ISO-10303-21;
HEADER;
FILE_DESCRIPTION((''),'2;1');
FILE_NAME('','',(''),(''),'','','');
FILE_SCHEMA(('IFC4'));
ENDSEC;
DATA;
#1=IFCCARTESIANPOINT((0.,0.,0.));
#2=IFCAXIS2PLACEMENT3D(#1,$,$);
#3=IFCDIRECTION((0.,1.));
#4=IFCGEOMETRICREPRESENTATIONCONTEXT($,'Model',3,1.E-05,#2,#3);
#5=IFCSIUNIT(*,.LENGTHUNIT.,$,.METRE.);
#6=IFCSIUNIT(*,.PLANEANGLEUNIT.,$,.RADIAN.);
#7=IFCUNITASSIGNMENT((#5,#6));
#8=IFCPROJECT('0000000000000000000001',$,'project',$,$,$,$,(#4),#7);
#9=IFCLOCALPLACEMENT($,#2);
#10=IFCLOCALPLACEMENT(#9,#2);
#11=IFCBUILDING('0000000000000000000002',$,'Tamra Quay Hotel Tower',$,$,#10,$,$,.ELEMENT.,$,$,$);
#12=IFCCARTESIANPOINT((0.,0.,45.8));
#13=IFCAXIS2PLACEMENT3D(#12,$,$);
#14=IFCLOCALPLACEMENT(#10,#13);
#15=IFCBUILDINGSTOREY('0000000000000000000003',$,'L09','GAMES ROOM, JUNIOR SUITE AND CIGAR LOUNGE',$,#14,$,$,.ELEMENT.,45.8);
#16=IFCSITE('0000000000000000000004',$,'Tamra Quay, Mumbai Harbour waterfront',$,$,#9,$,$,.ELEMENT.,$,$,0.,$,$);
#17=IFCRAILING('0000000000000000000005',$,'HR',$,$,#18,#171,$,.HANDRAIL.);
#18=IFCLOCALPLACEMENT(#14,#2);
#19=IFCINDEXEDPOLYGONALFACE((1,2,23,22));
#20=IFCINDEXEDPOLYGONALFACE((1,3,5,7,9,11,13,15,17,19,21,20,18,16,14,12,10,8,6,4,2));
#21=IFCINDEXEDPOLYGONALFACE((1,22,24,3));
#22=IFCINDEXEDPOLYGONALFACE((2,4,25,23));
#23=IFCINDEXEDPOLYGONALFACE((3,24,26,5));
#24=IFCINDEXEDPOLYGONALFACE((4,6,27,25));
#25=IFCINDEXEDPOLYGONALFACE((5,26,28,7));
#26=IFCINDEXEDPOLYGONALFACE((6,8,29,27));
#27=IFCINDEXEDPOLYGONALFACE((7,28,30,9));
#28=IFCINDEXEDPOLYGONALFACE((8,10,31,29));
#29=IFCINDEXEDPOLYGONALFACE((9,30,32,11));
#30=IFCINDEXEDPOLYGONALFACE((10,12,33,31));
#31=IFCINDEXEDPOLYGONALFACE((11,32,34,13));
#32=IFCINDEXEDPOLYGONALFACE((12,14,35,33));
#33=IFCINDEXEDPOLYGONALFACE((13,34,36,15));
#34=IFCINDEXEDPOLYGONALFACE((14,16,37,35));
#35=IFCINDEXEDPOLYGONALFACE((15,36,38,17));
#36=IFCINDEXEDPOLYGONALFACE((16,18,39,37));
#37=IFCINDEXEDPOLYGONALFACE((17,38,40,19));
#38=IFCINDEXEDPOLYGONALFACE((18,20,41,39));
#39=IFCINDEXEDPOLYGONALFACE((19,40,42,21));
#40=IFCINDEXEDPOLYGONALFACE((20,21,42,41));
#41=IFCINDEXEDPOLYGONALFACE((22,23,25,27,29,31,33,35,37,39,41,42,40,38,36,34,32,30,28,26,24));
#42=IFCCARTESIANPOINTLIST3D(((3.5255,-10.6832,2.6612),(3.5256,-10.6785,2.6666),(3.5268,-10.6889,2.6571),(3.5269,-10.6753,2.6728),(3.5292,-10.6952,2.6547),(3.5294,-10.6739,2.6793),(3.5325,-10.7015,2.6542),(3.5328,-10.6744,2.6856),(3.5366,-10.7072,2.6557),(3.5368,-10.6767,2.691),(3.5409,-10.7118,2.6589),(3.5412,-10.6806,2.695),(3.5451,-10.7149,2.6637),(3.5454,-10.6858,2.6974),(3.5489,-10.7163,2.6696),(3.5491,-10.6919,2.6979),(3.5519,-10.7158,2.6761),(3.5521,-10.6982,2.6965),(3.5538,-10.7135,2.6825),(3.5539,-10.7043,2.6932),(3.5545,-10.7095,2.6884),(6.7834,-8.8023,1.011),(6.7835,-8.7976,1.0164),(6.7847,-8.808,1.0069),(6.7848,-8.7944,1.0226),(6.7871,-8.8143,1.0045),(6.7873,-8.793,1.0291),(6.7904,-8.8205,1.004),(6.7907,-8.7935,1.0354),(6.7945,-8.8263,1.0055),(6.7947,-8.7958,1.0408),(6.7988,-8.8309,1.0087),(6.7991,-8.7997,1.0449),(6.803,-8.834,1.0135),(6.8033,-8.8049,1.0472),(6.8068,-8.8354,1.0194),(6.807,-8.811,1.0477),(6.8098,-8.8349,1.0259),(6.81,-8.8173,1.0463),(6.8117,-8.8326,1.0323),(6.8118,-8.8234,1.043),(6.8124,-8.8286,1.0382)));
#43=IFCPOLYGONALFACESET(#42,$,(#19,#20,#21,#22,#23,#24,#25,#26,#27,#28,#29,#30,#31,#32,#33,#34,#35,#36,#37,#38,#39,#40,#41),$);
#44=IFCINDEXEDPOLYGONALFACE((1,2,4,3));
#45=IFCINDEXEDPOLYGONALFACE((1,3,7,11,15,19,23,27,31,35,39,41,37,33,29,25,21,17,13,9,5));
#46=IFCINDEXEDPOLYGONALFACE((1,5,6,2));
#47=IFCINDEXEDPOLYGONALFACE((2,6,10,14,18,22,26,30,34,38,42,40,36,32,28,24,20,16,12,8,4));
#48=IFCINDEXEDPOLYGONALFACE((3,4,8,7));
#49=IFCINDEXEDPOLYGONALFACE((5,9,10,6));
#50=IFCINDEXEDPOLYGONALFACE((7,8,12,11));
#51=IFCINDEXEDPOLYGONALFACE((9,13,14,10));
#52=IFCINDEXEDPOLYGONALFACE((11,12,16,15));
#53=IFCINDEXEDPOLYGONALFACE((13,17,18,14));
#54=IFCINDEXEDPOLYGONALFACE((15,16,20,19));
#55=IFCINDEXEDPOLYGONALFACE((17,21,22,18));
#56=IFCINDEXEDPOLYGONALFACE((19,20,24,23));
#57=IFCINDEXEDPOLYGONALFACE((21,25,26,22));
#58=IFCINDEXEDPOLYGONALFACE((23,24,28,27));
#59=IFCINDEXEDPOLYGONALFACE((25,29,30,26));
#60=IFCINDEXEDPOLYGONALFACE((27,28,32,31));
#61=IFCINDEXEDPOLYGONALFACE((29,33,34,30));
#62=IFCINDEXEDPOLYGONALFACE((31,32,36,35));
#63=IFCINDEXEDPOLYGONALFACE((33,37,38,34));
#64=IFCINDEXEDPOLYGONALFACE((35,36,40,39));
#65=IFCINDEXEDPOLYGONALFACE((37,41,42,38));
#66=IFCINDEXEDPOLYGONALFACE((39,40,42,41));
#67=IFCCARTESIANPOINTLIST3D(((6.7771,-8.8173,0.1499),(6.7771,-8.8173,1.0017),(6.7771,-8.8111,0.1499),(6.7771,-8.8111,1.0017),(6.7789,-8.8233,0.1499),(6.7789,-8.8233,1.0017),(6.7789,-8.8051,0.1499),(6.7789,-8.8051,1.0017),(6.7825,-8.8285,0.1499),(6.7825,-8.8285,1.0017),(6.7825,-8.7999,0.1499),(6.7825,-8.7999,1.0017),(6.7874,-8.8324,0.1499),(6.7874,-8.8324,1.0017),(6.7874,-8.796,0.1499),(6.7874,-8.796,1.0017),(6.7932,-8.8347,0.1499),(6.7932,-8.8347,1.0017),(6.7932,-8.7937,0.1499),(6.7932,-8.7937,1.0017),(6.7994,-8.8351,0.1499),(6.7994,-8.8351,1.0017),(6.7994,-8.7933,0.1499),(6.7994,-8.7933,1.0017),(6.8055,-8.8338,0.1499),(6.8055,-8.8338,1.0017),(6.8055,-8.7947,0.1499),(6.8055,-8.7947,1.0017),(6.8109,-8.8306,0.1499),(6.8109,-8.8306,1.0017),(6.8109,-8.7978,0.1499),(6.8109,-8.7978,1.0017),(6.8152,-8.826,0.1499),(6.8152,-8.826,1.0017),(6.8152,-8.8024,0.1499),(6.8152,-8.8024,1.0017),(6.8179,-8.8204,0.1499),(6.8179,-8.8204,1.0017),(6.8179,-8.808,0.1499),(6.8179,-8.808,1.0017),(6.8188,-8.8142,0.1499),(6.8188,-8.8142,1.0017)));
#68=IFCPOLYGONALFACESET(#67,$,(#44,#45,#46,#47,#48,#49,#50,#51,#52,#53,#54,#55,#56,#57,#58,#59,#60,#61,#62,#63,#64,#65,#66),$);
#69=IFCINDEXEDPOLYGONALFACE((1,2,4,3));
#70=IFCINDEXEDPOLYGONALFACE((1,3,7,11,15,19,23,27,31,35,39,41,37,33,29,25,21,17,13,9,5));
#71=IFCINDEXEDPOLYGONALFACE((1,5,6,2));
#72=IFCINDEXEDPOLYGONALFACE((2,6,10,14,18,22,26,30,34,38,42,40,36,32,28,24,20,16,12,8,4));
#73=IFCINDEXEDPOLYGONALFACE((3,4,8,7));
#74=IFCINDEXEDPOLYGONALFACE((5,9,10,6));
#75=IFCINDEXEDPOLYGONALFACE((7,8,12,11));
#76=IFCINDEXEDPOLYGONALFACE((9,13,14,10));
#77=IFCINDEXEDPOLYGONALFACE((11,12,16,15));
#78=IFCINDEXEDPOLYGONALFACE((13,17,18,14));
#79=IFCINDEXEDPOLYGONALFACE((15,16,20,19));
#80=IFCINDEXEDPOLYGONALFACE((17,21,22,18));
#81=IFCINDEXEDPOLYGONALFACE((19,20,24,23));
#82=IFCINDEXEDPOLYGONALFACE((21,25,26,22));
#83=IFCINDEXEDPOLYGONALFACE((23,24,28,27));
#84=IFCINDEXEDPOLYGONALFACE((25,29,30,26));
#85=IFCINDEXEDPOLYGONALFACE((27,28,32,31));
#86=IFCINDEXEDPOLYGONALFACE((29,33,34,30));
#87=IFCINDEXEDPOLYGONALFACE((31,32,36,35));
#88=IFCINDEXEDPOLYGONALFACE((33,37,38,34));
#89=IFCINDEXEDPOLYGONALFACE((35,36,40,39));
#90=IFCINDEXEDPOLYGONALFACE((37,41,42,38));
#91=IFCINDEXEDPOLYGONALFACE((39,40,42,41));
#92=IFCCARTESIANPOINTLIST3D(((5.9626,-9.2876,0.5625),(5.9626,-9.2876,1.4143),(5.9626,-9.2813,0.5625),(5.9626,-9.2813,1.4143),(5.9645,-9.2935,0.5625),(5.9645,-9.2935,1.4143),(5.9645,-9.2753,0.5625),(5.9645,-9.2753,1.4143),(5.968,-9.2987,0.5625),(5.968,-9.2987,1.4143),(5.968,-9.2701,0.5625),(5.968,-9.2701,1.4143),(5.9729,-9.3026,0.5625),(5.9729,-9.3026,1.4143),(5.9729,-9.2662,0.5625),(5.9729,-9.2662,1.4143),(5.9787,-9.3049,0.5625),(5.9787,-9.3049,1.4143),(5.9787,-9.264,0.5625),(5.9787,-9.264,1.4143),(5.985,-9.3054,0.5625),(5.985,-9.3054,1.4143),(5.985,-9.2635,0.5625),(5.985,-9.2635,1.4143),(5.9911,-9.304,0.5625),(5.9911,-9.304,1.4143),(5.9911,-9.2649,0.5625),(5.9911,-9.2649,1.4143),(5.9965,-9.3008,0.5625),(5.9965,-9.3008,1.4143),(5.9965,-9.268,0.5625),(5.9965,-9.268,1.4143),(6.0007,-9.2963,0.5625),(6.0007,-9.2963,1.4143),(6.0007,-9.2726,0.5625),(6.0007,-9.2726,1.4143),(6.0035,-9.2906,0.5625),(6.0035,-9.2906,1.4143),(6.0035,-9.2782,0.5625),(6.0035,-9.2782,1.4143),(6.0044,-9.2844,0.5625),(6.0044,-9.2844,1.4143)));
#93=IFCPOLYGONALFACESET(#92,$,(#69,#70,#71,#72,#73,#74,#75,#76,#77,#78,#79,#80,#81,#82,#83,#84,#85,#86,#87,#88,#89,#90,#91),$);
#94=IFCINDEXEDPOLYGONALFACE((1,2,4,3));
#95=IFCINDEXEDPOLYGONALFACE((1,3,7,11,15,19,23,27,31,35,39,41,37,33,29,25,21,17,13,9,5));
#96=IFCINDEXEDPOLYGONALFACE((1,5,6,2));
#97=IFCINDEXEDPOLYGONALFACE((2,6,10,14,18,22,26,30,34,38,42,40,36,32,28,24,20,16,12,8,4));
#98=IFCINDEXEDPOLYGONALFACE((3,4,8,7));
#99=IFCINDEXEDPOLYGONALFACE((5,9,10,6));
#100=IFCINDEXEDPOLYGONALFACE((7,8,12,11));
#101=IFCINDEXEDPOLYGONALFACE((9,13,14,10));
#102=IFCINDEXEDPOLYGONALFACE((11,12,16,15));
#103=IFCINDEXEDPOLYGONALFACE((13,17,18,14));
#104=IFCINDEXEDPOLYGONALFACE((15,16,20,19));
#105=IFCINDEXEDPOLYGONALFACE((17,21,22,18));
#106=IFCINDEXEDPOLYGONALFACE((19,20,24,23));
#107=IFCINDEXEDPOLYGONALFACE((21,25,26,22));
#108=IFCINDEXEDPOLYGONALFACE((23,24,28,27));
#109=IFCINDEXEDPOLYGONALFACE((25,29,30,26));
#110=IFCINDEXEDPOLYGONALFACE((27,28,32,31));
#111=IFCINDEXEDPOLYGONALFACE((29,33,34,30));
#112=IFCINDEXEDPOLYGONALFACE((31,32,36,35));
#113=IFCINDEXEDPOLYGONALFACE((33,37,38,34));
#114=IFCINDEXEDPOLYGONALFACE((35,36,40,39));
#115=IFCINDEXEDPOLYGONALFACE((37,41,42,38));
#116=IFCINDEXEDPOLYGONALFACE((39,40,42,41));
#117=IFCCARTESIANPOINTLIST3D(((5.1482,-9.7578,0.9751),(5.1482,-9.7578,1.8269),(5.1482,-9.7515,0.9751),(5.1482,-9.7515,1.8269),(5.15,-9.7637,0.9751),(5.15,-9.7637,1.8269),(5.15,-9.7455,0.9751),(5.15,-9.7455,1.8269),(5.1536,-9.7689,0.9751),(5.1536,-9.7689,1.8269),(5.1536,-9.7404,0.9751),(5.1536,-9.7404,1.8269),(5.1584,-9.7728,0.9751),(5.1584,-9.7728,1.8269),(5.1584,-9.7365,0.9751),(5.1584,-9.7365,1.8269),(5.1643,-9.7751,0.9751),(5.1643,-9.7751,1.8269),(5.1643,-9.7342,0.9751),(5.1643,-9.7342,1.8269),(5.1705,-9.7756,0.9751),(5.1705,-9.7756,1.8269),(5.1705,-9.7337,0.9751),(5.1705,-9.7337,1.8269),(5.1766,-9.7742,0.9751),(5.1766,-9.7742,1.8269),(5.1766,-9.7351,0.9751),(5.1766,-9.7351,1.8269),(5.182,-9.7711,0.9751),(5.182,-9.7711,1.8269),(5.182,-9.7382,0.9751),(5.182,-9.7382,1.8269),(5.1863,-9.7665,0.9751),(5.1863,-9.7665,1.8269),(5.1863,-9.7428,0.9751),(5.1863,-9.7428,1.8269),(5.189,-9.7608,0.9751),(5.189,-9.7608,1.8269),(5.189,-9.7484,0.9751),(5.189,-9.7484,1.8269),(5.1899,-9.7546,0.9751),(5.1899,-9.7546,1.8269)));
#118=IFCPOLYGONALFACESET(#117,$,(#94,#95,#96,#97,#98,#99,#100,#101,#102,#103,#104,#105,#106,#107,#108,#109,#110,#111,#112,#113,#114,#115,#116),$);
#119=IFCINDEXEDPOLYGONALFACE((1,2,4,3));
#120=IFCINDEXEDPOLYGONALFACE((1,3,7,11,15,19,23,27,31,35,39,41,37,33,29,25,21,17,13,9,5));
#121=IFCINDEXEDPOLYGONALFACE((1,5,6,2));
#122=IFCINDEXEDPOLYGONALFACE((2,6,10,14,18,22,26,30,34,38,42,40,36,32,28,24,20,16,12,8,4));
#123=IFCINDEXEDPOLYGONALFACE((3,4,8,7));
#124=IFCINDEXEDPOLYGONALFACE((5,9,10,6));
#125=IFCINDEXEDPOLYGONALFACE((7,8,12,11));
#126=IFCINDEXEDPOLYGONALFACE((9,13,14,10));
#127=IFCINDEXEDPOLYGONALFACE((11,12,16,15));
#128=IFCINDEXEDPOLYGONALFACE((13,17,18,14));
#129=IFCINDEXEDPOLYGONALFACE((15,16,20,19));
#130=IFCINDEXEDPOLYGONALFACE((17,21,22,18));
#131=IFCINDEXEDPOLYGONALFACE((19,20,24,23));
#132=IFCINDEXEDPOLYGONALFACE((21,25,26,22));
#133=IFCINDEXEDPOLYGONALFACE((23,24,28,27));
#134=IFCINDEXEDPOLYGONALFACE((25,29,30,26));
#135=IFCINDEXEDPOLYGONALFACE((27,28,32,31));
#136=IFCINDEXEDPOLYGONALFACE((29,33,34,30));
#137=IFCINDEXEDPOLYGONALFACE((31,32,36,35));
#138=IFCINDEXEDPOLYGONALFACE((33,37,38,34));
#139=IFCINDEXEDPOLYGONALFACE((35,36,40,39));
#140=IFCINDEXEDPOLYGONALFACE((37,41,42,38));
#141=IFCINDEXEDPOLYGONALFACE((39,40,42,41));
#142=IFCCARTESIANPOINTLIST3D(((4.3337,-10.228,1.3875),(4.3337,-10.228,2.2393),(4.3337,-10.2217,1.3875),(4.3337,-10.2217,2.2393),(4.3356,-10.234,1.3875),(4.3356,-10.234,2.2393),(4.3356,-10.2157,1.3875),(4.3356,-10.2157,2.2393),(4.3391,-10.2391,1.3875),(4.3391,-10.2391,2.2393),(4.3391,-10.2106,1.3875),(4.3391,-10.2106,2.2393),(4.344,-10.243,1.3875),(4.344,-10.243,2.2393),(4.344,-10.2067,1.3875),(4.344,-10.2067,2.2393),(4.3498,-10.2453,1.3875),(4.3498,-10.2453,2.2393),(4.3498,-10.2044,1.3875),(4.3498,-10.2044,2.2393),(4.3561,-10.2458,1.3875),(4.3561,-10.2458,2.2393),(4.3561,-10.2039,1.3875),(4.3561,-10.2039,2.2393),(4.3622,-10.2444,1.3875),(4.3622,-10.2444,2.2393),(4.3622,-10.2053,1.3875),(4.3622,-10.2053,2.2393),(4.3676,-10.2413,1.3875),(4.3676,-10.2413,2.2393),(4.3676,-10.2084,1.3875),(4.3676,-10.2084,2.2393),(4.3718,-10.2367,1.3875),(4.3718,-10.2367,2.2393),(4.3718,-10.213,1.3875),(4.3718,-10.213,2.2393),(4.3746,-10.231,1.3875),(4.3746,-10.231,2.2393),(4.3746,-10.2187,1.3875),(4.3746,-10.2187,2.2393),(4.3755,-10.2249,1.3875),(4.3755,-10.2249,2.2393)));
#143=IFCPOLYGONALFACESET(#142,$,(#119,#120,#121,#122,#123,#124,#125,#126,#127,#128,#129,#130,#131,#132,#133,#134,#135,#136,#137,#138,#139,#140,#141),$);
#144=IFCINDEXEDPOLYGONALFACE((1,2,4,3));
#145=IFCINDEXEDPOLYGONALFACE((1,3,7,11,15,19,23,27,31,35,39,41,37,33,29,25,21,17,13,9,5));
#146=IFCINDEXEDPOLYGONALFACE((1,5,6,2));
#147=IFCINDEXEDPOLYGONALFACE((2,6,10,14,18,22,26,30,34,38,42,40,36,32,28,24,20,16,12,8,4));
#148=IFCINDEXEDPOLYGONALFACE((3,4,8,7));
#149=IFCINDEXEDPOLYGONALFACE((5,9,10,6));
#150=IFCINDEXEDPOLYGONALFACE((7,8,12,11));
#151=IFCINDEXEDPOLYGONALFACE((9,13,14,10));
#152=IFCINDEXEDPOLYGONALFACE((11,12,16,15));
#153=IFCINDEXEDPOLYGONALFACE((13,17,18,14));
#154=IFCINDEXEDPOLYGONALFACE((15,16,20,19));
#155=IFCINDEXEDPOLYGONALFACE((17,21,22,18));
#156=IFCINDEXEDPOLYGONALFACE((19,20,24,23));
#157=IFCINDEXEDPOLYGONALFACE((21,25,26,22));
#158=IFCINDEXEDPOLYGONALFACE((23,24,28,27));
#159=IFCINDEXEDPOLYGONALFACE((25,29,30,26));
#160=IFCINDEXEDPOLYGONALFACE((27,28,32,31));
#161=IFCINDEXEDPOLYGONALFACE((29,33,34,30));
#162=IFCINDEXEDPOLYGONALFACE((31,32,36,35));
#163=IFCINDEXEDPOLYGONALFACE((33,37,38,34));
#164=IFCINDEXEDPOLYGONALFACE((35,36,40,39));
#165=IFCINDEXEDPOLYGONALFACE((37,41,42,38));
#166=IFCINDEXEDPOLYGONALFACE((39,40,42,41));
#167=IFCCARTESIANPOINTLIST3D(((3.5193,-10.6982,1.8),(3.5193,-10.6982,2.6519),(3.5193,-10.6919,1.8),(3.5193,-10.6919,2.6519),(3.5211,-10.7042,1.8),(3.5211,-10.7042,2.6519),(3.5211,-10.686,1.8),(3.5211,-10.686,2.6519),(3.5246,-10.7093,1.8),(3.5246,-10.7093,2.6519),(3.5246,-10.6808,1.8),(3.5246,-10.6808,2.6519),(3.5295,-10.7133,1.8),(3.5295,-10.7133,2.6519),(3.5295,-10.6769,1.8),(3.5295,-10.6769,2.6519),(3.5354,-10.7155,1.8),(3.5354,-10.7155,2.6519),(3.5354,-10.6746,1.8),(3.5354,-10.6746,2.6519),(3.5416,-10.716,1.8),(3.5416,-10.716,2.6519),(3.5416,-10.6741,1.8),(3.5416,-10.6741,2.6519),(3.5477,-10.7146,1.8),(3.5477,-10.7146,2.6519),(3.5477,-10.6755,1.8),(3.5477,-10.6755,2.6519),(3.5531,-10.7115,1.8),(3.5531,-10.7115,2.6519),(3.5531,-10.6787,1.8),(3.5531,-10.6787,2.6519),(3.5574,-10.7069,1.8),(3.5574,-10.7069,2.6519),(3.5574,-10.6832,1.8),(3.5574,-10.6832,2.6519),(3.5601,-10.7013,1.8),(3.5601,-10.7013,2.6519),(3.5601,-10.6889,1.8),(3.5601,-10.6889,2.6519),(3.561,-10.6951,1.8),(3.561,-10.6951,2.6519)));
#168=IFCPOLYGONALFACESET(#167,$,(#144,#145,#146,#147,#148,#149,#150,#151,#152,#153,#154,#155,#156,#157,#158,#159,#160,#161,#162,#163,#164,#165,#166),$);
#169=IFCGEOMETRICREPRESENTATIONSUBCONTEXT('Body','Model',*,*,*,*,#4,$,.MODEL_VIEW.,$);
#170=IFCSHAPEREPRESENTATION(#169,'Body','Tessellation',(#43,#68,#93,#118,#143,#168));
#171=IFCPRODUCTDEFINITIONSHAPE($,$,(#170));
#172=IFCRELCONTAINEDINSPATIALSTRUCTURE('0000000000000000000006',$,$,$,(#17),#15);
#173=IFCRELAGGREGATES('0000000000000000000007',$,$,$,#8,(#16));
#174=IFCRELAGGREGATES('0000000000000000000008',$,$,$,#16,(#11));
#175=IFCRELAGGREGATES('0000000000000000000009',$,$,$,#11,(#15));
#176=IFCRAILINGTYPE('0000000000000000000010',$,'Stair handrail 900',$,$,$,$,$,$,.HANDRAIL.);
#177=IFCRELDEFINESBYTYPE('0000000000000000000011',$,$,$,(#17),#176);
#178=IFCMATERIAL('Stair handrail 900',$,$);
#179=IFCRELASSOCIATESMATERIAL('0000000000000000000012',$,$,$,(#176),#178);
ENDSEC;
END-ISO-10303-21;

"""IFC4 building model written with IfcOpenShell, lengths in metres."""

from ifc_helpers import new_model, si_unit, direction, frame, origin, origin_2d, place, context, subcontext, project, spatial, circle, extrude, material, type_object, element, save


model = new_model("IFC4")

# Units and contexts
model_context = context("Model", 3, precision=1e-05, world=origin(), true_north=direction((0.0, 1.0)))
body_context = subcontext(model_context, "Body", "Model", "MODEL_VIEW")
ifc_project = project(units=[si_unit("LENGTHUNIT", "METRE"), si_unit("PLANEANGLEUNIT", "RADIAN")], contexts=[model_context])

# Site, building, storey
site_placement = place(None, origin())
site = spatial("IfcSite", under=ifc_project, at=site_placement, Name="Tamra Quay, Mumbai Harbour waterfront", CompositionType="ELEMENT", RefElevation=0.0)
building_placement = place(site_placement, origin())
building = spatial("IfcBuilding", under=site, at=building_placement, Name="Tamra Quay Hotel Tower", CompositionType="ELEMENT")
storey_placement = place(building_placement, frame((0.0, 0.0, 45.8)))
storey = spatial("IfcBuildingStorey", under=building, at=storey_placement, Name="L09", Description="GAMES ROOM, JUNIOR SUITE AND CIGAR LOUNGE", CompositionType="ELEMENT", Elevation=45.8)

# Railing
ifc_material_1 = material(Name="Stair handrail 900")
railing_type_1 = type_object("IfcRailingType", Name="Stair handrail 900", PredefinedType="HANDRAIL", material=ifc_material_1)
railing_1_placement = place(storey_placement, frame((6.7979, -8.8142, 0.1499)))
element("IfcRailing", 1, at=railing_1_placement, inside=storey, type_object=railing_type_1, Name="HR", PredefinedType="HANDRAIL", context=body_context, shape_type="SweptSolid", body=[
    extrude(circle(Radius=0.0239, at=origin_2d()), frame((0.0, 0.0, 0.876), z_axis=(-0.793081, -0.457876, 0.401711), x_axis=(0.499992, -0.86603, 0.0)), (0.0, 0.0, 1.0), 4.1079),
    extrude(circle(Radius=0.021, at=origin_2d()), origin(), (0.0, 0.0, 1.0), 0.8518),
    extrude(circle(Radius=0.021, at=origin_2d()), frame((-0.8145, -0.4702, 0.4126)), (0.0, 0.0, 1.0), 0.8518),
    extrude(circle(Radius=0.021, at=origin_2d()), frame((-1.6289, -0.9404, 0.8252)), (0.0, 0.0, 1.0), 0.8518),
    extrude(circle(Radius=0.021, at=origin_2d()), frame((-2.4434, -1.4106, 1.2375)), (0.0, 0.0, 1.0), 0.8518),
    extrude(circle(Radius=0.021, at=origin_2d()), frame((-3.2578, -1.8809, 1.6501)), (0.0, 0.0, 1.0), 0.8518),
])

save(model, "model.ifc")
